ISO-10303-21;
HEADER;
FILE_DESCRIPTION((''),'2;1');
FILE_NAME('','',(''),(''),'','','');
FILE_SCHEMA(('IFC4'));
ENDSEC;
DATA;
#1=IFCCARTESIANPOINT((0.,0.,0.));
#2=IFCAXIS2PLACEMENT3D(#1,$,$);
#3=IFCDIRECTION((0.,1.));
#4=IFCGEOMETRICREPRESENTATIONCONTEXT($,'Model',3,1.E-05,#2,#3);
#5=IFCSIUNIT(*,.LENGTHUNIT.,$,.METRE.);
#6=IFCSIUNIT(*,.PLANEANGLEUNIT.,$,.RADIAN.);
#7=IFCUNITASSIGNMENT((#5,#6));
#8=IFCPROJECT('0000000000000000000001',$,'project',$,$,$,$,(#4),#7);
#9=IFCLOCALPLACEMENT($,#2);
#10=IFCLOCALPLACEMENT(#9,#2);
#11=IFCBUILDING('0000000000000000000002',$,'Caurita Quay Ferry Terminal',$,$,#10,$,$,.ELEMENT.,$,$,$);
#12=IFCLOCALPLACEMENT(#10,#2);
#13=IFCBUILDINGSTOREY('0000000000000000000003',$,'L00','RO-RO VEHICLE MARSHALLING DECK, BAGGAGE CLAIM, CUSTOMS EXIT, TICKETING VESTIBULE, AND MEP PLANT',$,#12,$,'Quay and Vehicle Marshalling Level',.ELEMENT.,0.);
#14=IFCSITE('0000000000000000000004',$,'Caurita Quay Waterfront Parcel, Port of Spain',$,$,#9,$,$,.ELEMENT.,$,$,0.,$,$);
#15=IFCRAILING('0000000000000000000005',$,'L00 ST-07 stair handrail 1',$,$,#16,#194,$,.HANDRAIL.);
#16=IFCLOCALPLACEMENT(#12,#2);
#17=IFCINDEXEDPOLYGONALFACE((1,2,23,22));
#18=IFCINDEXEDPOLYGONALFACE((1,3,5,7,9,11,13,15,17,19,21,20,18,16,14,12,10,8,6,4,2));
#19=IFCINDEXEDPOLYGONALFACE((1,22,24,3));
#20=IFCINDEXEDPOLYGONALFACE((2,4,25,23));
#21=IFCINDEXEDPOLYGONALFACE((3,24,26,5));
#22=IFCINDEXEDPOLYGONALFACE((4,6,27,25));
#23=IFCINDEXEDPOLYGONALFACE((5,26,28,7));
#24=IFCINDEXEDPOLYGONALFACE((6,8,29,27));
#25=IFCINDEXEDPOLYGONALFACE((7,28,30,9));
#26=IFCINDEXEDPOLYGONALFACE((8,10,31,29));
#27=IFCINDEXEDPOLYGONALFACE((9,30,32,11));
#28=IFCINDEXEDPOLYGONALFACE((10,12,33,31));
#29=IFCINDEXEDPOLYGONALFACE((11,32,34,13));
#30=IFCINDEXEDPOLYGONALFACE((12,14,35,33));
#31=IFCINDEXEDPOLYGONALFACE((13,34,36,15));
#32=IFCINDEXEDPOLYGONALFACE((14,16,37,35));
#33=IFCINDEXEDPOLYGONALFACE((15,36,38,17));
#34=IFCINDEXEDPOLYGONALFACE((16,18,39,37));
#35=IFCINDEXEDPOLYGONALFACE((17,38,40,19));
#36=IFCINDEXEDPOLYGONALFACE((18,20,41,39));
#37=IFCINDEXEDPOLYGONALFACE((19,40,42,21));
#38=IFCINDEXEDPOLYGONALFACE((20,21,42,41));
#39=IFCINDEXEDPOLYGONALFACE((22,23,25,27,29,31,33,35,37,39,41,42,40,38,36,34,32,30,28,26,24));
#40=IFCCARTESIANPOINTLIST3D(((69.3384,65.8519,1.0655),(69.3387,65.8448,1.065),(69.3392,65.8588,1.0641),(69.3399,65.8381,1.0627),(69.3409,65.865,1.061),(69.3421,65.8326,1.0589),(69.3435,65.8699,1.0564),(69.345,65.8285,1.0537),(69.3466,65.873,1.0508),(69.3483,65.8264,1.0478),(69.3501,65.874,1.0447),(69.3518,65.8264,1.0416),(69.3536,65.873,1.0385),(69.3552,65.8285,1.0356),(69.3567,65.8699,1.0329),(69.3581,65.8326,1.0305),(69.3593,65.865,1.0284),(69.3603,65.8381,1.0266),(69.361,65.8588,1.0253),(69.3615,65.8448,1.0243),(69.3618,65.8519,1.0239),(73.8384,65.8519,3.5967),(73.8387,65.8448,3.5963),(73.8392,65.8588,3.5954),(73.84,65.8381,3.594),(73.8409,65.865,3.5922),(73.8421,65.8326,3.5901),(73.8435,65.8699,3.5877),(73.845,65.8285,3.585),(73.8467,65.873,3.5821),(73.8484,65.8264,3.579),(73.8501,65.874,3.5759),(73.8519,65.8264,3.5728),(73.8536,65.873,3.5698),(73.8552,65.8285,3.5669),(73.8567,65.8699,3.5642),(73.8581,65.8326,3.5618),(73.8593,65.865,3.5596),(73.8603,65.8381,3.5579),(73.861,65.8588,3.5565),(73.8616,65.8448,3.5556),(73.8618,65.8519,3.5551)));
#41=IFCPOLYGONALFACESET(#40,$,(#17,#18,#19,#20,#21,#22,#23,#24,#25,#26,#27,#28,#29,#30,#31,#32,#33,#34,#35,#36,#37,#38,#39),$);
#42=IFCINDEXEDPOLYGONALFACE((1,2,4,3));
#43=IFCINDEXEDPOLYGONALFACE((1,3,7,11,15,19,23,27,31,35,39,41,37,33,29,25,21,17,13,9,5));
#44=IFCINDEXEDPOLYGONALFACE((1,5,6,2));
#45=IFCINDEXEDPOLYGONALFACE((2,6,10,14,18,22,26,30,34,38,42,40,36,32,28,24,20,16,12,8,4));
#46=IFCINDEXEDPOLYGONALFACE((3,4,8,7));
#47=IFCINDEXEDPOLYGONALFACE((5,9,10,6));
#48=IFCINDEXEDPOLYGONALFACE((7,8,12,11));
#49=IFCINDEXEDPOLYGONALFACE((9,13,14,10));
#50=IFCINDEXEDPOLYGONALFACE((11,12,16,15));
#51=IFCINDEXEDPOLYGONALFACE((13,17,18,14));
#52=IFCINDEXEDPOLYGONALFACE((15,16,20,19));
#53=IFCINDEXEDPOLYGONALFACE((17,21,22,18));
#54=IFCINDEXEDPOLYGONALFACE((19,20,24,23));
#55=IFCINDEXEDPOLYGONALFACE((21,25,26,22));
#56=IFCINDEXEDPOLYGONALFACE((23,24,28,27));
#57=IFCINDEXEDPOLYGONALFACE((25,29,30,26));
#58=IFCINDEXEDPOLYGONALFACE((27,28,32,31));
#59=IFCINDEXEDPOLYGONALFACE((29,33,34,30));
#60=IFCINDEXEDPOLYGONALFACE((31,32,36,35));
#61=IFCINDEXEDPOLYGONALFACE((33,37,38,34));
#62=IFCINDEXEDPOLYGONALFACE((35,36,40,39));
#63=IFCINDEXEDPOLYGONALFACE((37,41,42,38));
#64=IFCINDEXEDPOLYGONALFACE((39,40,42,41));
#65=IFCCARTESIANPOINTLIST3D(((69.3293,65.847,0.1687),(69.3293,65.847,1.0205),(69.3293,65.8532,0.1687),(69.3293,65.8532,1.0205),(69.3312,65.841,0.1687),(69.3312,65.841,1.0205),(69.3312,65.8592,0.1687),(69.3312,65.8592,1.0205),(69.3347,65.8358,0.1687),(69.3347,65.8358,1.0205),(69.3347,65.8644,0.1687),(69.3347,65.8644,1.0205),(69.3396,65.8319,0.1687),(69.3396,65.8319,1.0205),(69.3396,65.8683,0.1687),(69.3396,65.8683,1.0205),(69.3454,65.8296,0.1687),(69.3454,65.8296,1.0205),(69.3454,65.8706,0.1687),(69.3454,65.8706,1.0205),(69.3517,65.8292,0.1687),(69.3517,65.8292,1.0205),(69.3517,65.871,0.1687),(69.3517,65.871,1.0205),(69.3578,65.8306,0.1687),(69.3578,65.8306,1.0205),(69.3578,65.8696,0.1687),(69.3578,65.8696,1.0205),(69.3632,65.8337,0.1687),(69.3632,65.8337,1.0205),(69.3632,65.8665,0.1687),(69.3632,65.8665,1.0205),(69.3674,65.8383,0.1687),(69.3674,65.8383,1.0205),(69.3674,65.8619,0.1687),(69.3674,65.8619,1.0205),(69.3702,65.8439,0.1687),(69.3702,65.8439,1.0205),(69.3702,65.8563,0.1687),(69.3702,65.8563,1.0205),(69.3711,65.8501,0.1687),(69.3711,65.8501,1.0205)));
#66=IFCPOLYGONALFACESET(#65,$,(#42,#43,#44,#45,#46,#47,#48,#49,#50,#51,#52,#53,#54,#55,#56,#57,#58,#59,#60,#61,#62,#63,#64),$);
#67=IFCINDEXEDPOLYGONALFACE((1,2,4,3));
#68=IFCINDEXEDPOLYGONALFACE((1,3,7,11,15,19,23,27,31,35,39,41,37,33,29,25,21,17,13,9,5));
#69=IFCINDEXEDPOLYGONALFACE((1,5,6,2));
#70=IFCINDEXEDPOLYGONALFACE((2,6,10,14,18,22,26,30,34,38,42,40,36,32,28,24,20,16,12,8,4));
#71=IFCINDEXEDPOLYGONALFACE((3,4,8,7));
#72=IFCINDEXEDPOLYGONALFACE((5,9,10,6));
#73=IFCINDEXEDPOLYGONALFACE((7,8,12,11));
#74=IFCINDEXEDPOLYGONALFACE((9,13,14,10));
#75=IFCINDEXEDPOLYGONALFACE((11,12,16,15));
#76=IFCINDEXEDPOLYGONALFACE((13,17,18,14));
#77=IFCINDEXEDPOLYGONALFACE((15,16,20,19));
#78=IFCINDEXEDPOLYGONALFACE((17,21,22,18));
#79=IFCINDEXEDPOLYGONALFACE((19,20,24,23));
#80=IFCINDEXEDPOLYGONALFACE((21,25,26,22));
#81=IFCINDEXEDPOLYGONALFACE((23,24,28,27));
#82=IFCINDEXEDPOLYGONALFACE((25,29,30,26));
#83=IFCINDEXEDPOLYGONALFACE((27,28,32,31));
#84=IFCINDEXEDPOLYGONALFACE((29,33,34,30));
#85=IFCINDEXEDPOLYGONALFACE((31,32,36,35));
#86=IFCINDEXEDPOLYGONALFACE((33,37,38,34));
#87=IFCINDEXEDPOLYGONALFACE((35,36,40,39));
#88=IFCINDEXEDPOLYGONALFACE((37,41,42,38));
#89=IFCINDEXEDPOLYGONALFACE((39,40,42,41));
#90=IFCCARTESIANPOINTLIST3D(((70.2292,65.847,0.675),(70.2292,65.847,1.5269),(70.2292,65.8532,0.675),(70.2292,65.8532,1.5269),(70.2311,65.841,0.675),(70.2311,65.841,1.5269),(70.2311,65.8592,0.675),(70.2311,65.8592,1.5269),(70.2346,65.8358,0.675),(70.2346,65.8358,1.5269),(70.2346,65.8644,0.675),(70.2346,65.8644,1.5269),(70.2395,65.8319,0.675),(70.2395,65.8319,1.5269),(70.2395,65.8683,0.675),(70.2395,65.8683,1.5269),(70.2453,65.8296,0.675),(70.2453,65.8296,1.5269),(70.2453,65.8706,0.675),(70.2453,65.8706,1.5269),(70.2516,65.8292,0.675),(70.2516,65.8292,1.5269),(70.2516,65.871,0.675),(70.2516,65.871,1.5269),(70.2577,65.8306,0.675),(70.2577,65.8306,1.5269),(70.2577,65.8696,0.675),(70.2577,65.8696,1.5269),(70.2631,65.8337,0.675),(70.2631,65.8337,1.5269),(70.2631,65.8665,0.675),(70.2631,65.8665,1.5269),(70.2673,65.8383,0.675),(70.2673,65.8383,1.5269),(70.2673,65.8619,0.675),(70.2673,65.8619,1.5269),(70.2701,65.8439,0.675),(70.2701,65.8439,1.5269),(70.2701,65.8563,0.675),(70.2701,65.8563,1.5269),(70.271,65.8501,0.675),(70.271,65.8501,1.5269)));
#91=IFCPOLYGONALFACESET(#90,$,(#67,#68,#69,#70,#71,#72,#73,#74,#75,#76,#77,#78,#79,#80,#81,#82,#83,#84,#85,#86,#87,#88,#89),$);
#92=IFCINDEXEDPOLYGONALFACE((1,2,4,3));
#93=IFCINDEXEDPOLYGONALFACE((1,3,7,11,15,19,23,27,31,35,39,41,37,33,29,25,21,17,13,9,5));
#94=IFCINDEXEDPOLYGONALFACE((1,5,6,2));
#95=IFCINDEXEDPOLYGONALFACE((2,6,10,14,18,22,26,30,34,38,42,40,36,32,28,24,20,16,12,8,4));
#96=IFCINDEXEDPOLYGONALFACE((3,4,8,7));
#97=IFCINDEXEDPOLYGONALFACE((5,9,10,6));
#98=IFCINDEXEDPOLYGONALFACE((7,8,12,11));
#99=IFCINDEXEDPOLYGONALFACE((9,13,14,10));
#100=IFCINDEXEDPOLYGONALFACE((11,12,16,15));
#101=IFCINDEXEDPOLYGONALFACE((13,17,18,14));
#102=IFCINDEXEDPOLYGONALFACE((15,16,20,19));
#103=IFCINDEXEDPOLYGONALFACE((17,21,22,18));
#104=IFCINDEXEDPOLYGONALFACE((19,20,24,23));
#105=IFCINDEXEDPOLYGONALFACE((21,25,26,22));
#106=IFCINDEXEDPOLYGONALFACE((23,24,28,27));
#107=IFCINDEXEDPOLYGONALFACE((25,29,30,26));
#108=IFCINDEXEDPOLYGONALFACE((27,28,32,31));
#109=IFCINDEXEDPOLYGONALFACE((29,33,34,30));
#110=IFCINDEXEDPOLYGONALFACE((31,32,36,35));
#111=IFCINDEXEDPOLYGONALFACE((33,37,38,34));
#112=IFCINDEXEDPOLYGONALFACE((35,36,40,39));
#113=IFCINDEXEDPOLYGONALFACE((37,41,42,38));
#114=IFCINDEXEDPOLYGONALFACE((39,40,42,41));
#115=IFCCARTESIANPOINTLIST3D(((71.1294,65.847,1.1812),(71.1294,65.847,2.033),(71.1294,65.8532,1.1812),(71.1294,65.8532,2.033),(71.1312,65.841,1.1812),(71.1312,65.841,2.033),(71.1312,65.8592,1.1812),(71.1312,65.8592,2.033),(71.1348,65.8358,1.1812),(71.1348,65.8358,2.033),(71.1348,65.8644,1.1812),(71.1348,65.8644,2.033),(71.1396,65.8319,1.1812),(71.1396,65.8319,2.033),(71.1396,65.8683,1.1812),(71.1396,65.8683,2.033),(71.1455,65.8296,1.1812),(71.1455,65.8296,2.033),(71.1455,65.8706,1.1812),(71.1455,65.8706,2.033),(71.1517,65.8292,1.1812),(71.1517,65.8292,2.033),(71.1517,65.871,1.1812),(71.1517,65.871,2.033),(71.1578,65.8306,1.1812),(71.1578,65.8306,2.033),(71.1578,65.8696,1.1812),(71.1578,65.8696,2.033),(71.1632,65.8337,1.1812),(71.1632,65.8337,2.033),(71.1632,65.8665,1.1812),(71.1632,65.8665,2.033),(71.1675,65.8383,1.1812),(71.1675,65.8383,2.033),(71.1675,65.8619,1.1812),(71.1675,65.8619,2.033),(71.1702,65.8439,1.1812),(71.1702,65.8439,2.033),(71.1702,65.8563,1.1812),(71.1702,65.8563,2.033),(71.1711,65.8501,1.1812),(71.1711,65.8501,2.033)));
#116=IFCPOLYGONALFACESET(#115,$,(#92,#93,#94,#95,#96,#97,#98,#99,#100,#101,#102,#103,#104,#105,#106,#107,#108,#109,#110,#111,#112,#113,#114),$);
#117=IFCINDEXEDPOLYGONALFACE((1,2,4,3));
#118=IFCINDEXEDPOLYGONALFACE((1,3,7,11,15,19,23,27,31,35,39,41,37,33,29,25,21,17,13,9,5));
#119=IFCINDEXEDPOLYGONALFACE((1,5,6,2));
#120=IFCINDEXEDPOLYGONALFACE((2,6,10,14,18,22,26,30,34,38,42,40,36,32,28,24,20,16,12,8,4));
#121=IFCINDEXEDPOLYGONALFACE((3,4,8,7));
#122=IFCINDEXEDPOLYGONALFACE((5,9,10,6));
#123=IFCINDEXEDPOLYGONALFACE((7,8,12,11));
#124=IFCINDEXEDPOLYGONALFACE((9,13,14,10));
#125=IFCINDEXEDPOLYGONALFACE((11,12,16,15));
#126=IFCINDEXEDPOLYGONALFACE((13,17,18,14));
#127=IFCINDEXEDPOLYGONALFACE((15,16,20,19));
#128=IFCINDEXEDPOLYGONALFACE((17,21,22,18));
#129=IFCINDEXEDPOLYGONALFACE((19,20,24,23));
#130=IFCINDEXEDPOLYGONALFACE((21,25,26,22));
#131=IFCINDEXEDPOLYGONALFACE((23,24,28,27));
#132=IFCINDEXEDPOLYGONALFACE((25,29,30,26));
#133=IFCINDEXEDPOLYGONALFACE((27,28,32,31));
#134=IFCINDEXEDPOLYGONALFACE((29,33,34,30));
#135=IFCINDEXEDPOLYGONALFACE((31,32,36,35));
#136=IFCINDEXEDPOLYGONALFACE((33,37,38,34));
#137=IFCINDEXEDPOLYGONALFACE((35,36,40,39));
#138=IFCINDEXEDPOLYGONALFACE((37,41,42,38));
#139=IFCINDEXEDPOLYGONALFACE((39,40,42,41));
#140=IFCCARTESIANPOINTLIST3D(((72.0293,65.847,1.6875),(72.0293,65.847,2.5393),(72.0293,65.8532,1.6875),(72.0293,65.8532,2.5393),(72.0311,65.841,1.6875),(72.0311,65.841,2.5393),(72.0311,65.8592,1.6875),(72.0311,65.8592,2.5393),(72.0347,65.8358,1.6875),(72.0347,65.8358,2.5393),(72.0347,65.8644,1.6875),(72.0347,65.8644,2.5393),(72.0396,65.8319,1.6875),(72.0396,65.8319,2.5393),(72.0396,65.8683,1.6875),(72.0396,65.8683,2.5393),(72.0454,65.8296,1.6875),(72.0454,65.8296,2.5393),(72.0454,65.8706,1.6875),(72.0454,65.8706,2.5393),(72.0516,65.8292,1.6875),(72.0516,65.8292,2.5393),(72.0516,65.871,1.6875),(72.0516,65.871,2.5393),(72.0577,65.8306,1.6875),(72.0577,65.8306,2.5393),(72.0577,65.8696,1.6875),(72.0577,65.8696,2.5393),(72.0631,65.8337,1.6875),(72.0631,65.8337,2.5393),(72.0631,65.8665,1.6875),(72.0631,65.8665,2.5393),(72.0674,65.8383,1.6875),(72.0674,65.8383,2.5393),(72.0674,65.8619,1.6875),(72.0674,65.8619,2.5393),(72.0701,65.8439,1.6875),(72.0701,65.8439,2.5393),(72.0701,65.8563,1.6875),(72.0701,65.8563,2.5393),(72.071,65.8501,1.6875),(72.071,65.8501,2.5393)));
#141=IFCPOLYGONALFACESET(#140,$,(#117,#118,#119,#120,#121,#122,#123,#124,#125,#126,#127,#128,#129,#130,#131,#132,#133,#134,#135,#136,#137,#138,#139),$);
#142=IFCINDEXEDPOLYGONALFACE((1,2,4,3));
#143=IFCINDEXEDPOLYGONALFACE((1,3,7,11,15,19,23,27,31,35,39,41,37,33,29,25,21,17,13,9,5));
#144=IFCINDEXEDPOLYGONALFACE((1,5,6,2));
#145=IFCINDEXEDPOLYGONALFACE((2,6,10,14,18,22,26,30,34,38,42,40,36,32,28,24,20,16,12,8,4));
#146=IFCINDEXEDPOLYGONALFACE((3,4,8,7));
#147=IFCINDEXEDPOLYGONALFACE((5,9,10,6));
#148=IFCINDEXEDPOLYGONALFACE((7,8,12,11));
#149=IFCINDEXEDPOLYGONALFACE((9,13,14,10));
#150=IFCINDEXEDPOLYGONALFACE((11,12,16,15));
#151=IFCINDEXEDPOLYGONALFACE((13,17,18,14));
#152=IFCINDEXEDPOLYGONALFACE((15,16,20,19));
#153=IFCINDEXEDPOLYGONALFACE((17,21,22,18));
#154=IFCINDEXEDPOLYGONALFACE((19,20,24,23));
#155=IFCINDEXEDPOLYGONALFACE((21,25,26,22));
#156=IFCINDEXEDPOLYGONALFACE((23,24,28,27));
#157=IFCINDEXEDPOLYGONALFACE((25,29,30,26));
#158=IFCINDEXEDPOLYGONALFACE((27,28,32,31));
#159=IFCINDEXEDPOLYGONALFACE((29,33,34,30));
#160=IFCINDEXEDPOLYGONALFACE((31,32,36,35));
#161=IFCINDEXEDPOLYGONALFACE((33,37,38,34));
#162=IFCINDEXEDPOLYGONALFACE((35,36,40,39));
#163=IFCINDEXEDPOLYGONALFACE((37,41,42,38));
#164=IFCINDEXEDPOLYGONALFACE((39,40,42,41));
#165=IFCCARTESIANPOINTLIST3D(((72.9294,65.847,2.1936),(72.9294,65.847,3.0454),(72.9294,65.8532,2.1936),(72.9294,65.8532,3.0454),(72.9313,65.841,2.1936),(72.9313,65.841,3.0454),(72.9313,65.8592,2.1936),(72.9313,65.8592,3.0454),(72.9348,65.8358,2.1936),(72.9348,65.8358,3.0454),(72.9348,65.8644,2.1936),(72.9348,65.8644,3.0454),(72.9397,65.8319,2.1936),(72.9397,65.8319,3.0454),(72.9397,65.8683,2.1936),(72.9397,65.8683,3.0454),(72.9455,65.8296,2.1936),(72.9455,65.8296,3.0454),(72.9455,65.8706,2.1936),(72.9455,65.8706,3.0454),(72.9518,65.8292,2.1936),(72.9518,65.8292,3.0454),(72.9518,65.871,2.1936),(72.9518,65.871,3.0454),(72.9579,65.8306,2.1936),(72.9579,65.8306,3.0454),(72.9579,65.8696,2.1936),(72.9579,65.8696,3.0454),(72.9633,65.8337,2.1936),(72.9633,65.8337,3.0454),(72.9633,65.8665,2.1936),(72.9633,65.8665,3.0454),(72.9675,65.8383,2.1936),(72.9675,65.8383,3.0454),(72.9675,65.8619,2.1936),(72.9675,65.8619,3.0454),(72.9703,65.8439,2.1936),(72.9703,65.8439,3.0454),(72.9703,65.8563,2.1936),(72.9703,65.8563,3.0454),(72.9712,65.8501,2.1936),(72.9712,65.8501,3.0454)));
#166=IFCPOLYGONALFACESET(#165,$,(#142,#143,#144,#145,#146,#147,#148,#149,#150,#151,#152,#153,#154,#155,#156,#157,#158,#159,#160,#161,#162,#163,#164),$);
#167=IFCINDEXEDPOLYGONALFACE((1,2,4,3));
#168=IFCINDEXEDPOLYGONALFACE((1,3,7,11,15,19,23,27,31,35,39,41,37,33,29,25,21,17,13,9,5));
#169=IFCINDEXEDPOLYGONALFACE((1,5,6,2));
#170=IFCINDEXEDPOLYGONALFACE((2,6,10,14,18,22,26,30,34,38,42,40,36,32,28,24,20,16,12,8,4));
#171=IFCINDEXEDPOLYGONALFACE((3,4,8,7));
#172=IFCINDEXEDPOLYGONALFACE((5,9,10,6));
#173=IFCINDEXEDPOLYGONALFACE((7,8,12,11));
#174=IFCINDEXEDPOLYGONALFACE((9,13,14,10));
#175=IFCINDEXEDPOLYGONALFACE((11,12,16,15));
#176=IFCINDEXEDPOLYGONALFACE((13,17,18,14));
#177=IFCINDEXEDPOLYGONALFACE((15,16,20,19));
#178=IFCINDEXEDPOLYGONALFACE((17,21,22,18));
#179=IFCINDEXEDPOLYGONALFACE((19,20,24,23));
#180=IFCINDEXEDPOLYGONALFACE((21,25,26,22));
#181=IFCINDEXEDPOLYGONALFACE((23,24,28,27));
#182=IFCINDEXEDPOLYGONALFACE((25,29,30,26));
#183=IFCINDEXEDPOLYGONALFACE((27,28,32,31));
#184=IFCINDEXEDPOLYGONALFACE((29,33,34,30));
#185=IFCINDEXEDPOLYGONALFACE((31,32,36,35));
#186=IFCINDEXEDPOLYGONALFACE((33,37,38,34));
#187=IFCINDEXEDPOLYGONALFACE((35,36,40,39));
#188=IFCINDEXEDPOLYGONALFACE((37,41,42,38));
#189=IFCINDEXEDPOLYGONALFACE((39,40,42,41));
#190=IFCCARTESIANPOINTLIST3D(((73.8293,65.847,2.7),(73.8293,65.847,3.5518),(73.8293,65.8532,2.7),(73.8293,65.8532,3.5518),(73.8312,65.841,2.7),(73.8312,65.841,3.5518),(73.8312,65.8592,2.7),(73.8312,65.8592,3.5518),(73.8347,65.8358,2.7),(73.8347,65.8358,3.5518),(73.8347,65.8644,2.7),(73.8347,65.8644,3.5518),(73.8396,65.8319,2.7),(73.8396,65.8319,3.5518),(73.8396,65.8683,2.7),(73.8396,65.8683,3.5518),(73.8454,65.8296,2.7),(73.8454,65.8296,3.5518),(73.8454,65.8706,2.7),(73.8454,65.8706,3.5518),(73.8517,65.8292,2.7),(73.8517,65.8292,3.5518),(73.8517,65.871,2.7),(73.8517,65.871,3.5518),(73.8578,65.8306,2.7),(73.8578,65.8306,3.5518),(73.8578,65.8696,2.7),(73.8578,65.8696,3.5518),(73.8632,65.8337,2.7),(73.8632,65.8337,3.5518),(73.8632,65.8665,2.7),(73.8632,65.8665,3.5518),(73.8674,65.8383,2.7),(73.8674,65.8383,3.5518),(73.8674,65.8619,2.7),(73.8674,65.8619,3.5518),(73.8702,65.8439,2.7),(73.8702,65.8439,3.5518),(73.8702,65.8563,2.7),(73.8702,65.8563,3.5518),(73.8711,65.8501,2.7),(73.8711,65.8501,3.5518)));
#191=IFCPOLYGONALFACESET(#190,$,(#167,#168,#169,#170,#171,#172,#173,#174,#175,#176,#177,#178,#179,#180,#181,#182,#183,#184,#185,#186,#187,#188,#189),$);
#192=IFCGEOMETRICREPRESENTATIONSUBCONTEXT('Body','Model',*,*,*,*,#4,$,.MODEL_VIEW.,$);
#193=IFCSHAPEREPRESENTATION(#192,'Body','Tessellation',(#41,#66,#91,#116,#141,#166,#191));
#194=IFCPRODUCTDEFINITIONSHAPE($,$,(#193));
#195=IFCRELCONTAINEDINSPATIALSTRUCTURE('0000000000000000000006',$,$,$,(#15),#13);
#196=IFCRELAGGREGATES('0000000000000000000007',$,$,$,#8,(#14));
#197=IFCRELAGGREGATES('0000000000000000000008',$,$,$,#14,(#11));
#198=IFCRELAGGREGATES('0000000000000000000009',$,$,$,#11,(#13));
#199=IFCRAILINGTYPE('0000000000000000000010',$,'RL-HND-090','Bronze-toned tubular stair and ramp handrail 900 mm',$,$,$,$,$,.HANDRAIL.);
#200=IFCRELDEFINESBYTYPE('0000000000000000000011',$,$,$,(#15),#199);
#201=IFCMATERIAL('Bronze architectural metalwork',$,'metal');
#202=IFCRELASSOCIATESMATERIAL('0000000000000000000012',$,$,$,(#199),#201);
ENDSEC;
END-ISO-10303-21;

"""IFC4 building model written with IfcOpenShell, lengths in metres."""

from ifc_helpers import new_model, si_unit, direction, frame, origin, origin_2d, place, context, subcontext, project, spatial, circle, extrude, material, type_object, element, save


model = new_model("IFC4")

# Units and contexts
model_context = context("Model", 3, precision=1e-05, world=origin(), true_north=direction((0.0, 1.0)))
body_context = subcontext(model_context, "Body", "Model", "MODEL_VIEW")
ifc_project = project(units=[si_unit("LENGTHUNIT", "METRE"), si_unit("PLANEANGLEUNIT", "RADIAN")], contexts=[model_context])

# Site, building, storey
site_placement = place(None, origin())
site = spatial("IfcSite", under=ifc_project, at=site_placement, Name="Caurita Quay Waterfront Parcel, Port of Spain", CompositionType="ELEMENT", RefElevation=0.0)
building_placement = place(site_placement, origin())
building = spatial("IfcBuilding", under=site, at=building_placement, Name="Caurita Quay Ferry Terminal", CompositionType="ELEMENT")
storey_placement = place(building_placement, origin())
storey = spatial("IfcBuildingStorey", under=building, at=storey_placement, Name="L00", Description="RO-RO VEHICLE MARSHALLING DECK, BAGGAGE CLAIM, CUSTOMS EXIT, TICKETING VESTIBULE, AND MEP PLANT", LongName="Quay and Vehicle Marshalling Level", CompositionType="ELEMENT", Elevation=0.0)

# Railing
ifc_material_1 = material(Name="Bronze architectural metalwork", Category="metal")
railing_type_1 = type_object("IfcRailingType", Name="RL-HND-090", Description="Bronze-toned tubular stair and ramp handrail 900 mm", PredefinedType="HANDRAIL", material=ifc_material_1)
railing_1_placement = place(storey_placement, frame((69.3501, 65.8501, 0.1687)))
element("IfcRailing", 1, at=railing_1_placement, inside=storey, type_object=railing_type_1, Name="L00 ST-07 stair handrail 1", PredefinedType="HANDRAIL", context=body_context, shape_type="SweptSolid", body=[
    extrude(circle(Radius=0.0239, at=origin_2d()), frame((0.0, 0.0, 0.876), z_axis=(0.871576, 0.0, 0.490261), x_axis=(0.0, 1.0, 0.0)), (0.0, 0.0, 1.0), 5.1631),
    extrude(circle(Radius=0.021, at=origin_2d()), origin(), (0.0, 0.0, 1.0), 0.8518),
    extrude(circle(Radius=0.021, at=origin_2d()), frame((0.8999, 0.0, 0.5063)), (0.0, 0.0, 1.0), 0.8518),
    extrude(circle(Radius=0.021, at=origin_2d()), frame((1.8, 0.0, 1.0125)), (0.0, 0.0, 1.0), 0.8518),
    extrude(circle(Radius=0.021, at=origin_2d()), frame((2.7, 0.0, 1.5188)), (0.0, 0.0, 1.0), 0.8518),
    extrude(circle(Radius=0.021, at=origin_2d()), frame((3.6001, 0.0, 2.0249)), (0.0, 0.0, 1.0), 0.8518),
    extrude(circle(Radius=0.021, at=origin_2d()), frame((4.5, 0.0, 2.5312)), (0.0, 0.0, 1.0), 0.8518),
])

save(model, "model.ifc")
